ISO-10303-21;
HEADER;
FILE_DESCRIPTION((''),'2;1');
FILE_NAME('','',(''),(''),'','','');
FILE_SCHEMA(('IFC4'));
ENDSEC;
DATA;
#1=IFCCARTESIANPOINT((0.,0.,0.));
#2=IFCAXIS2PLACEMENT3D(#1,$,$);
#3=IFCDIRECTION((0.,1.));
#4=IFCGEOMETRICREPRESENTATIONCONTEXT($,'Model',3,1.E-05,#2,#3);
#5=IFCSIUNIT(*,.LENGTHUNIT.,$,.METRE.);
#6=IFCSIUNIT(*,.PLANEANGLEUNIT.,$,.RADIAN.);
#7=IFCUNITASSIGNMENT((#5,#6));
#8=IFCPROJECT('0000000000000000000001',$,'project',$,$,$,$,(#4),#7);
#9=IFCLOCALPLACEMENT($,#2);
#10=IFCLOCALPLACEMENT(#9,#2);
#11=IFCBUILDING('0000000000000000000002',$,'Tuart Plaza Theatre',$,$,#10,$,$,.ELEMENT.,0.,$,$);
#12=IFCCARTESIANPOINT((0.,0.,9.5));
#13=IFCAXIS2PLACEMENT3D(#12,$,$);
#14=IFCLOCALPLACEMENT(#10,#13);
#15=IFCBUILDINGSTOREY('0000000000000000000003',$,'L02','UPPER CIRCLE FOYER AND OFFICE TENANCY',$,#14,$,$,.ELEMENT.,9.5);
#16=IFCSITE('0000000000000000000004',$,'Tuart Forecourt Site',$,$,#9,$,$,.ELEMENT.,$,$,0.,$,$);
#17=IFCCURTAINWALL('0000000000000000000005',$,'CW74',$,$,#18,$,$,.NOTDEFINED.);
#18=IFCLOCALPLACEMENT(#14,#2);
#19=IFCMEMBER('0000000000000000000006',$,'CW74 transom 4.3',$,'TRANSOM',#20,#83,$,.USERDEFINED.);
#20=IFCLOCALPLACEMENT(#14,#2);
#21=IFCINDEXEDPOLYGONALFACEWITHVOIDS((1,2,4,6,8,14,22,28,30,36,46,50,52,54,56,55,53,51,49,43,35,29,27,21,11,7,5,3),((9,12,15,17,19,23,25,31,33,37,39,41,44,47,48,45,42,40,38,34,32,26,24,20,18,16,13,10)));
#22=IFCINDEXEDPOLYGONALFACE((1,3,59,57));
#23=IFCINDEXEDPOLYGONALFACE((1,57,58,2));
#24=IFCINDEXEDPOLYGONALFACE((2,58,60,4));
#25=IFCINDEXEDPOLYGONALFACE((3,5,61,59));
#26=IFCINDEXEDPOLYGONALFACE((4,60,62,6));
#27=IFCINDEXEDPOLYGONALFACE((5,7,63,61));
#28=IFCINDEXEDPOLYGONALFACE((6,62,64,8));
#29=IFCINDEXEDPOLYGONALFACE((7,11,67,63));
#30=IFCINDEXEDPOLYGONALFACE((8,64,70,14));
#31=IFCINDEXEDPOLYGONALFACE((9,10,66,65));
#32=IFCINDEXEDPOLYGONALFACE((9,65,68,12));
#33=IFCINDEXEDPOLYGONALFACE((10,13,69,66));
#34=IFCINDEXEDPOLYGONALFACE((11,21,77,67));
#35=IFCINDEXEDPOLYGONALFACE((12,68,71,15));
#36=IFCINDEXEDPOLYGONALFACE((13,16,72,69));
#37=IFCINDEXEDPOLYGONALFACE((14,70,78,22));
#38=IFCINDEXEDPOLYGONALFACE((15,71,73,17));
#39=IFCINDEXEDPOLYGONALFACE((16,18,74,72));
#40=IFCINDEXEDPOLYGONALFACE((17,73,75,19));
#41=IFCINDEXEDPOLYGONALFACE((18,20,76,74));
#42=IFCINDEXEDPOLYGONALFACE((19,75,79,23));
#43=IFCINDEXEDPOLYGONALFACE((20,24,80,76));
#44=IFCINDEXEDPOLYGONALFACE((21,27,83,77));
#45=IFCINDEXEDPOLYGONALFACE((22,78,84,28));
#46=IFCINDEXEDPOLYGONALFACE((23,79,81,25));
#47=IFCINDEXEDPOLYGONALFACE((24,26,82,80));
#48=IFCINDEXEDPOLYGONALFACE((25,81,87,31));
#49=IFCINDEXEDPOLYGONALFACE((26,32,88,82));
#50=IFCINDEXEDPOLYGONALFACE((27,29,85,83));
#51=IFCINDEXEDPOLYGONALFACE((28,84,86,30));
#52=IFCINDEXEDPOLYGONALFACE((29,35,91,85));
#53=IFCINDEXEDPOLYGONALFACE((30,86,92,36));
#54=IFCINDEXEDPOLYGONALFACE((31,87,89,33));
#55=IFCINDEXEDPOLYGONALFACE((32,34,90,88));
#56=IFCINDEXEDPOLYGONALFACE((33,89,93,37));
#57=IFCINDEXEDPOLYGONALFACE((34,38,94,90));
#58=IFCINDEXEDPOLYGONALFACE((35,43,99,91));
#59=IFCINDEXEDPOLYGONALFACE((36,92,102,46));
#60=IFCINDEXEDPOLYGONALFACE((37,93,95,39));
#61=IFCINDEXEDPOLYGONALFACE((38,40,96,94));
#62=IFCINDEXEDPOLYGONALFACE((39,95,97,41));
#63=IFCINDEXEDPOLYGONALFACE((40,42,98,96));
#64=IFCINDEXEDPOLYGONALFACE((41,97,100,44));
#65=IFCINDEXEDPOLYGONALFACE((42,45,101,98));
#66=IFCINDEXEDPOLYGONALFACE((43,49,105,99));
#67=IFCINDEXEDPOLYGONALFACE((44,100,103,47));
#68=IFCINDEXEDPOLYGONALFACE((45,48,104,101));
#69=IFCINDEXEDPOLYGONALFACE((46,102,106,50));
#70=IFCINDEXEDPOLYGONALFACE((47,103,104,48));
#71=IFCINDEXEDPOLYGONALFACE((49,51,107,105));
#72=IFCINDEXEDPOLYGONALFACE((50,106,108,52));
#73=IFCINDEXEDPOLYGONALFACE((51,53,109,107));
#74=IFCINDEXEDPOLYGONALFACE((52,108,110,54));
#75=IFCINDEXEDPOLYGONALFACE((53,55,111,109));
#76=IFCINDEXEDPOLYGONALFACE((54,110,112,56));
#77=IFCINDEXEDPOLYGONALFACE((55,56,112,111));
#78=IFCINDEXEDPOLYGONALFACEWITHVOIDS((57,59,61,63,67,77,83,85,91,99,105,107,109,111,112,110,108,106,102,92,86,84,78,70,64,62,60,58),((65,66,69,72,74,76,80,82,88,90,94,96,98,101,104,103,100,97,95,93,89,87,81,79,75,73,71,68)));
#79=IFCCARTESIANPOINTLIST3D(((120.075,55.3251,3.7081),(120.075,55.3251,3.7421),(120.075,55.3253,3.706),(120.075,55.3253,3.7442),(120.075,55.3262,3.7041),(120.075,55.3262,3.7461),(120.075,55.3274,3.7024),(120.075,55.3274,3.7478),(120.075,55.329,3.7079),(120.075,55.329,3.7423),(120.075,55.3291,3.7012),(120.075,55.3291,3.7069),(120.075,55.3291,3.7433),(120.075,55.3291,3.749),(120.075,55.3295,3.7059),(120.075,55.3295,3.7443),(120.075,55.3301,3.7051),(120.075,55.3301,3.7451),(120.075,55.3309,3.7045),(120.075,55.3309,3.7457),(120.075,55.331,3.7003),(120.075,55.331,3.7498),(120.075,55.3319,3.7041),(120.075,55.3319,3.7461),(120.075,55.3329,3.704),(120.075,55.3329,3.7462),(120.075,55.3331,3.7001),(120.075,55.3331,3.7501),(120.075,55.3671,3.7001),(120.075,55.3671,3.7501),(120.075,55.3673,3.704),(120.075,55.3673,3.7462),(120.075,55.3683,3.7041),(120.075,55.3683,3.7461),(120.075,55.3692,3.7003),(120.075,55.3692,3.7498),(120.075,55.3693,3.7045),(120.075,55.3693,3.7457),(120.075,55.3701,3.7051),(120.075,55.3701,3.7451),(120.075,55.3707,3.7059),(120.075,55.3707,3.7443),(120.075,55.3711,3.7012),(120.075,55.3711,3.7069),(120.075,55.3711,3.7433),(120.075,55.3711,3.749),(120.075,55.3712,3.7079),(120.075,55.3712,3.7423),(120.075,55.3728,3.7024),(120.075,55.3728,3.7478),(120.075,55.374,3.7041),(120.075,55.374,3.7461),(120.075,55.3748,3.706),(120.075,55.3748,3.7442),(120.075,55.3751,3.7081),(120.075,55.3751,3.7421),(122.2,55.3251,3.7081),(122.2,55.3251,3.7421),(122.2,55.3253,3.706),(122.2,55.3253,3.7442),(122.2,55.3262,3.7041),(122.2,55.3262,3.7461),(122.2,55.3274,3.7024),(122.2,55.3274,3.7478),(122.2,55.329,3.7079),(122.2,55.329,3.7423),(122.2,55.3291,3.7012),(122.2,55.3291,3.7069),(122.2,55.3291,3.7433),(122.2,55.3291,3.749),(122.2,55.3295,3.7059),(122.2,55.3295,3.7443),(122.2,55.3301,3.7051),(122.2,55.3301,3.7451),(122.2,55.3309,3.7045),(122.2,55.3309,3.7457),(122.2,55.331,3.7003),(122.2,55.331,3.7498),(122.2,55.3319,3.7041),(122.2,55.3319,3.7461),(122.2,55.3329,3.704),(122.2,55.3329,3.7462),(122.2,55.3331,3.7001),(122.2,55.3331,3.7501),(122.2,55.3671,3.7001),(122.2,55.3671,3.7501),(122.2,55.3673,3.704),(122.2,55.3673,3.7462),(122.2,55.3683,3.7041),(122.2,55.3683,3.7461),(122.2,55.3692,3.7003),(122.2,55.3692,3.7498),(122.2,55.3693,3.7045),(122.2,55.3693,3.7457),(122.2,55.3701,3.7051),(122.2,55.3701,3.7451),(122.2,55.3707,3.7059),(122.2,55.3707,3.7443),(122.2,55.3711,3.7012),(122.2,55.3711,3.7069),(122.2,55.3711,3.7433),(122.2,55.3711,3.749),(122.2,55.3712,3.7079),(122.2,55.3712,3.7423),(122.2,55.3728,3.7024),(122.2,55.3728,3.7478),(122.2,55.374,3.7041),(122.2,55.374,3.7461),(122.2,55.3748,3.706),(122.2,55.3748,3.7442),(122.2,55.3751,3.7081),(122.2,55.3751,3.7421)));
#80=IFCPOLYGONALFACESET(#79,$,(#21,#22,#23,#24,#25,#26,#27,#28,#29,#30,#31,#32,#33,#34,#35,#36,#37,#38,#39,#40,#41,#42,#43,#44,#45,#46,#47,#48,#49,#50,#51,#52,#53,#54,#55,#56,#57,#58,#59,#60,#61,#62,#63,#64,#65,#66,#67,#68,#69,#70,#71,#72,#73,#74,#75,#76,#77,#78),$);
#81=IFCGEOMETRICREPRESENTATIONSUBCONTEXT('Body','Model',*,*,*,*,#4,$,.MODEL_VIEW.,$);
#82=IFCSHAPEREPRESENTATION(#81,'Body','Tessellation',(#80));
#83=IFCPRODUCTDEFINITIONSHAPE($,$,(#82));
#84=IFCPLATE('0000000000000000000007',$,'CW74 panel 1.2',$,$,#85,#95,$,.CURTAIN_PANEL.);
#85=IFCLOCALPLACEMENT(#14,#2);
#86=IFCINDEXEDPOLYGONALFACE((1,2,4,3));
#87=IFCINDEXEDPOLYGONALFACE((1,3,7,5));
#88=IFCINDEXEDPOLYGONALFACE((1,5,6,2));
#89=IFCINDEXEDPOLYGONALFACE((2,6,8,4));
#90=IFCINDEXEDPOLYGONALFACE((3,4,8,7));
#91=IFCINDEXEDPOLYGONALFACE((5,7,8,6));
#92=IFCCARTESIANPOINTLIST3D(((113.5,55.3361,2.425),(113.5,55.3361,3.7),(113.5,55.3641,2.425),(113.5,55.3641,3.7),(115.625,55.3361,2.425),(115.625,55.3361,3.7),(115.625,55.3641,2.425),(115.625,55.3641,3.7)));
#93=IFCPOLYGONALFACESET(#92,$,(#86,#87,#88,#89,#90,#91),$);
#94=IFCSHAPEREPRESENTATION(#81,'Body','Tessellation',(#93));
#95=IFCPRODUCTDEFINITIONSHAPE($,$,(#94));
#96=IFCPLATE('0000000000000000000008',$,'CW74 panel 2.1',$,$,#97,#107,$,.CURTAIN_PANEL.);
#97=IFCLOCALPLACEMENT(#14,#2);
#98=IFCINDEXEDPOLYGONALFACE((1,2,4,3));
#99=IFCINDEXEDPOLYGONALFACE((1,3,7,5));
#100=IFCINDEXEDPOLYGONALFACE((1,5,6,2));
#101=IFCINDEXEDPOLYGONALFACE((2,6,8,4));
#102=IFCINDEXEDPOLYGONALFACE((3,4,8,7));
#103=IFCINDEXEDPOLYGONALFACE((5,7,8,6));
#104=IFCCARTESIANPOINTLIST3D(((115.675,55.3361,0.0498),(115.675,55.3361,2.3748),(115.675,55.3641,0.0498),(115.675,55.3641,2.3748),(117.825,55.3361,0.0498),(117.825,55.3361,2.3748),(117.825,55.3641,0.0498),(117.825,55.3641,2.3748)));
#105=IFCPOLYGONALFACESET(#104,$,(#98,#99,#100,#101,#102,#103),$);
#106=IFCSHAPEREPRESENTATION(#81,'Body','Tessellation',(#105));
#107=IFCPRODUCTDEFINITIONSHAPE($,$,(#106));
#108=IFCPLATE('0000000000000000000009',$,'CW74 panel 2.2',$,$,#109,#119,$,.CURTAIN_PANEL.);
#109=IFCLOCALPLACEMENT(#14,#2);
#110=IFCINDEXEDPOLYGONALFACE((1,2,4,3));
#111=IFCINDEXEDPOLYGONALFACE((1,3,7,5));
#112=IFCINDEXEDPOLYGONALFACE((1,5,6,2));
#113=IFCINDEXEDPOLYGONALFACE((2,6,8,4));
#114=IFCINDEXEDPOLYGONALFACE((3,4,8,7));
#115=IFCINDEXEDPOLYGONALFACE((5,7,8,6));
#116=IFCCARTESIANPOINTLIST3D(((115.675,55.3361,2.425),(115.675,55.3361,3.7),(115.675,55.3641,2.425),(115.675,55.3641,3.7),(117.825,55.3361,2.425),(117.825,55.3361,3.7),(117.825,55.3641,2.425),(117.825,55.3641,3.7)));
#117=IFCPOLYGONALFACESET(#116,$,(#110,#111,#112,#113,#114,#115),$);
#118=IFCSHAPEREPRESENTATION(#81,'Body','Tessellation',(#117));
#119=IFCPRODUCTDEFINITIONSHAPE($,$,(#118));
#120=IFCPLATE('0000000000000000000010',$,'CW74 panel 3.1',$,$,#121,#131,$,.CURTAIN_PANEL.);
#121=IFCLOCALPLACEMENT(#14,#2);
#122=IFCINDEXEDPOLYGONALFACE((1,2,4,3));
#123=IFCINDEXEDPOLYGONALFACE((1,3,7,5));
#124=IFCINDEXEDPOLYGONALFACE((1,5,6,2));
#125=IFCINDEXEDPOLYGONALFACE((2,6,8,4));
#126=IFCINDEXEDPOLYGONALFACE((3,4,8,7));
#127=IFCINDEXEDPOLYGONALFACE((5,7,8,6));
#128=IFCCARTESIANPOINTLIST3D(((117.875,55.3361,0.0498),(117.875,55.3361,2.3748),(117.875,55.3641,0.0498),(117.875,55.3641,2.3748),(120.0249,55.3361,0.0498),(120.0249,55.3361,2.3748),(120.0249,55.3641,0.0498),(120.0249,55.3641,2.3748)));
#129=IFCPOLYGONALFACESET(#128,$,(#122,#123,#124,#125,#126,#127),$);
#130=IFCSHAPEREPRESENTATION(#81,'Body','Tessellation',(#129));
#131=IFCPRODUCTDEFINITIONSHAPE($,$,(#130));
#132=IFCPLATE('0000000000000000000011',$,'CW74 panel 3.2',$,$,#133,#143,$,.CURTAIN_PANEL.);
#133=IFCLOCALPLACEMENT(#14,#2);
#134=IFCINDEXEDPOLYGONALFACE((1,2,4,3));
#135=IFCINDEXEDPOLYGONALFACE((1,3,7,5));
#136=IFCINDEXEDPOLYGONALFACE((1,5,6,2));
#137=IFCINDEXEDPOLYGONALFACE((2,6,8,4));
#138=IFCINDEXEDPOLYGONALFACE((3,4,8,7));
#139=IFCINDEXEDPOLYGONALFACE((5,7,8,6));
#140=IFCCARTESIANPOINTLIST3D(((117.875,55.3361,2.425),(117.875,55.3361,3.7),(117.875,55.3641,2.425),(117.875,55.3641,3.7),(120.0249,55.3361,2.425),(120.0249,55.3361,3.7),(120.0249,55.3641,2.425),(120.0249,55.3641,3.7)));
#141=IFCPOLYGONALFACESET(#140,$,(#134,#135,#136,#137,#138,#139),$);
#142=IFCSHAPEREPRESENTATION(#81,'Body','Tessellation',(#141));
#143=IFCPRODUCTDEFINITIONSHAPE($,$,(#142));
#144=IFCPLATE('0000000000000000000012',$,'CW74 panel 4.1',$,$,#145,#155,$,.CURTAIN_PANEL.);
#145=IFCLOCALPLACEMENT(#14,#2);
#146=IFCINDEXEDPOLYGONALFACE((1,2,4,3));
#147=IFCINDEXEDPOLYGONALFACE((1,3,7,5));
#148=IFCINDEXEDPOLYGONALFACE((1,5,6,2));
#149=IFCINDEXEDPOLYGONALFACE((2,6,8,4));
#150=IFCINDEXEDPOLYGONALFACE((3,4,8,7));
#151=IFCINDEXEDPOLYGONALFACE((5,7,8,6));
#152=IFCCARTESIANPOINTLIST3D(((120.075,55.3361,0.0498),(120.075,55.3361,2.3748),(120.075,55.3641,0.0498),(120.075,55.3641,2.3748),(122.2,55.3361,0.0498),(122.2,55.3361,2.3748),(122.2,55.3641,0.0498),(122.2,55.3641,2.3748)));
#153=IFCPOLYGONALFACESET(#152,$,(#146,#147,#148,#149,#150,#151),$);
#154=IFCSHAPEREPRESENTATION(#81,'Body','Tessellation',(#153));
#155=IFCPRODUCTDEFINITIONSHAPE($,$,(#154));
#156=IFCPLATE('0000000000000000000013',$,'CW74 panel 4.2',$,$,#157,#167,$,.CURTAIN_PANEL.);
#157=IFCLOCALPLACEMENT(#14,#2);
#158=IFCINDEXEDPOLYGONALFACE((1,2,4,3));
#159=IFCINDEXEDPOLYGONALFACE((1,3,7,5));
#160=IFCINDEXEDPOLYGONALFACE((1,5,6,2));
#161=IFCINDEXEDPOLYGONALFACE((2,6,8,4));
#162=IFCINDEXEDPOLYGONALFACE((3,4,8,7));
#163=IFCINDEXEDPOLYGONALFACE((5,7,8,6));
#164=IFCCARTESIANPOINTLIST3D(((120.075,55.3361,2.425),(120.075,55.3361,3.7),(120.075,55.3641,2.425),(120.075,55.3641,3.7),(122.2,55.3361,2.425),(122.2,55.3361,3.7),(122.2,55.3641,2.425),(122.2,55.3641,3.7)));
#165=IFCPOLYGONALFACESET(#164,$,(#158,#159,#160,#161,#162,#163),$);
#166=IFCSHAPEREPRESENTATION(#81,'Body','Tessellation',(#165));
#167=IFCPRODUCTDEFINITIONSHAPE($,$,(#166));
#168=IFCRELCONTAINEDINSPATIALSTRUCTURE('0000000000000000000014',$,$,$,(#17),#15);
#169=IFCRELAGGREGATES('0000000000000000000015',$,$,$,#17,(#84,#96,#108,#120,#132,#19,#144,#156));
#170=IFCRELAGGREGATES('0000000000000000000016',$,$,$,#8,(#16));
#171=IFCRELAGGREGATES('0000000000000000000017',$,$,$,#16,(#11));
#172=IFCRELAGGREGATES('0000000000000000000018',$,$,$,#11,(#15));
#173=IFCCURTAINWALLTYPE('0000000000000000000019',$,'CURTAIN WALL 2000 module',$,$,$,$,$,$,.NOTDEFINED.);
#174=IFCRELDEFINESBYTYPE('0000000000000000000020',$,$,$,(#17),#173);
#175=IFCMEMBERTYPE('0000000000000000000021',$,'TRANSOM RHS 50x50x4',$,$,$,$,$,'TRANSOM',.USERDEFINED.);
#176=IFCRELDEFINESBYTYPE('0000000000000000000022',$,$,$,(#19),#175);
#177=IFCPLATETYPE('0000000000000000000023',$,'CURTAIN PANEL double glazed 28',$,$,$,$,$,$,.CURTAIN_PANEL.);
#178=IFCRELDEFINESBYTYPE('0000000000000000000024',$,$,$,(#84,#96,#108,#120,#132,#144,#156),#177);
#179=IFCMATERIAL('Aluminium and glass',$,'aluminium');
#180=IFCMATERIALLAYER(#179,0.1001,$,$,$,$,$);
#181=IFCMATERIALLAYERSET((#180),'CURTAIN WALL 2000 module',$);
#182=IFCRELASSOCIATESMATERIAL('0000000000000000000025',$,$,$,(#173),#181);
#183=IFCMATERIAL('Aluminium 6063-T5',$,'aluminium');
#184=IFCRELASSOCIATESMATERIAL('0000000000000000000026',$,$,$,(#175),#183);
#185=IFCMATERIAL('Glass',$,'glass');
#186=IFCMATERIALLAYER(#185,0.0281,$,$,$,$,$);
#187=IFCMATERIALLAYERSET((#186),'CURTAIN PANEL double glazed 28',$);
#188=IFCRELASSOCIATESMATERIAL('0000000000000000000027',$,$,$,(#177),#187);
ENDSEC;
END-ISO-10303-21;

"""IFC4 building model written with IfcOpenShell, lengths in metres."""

from ifc_helpers import new_model, si_unit, direction, frame, origin, origin_2d, place, context, subcontext, project, spatial, rectangle, hollow_rectangle, extrude, material, layer, layer_set, material_profile, profile_set, type_object, element, aggregate, save


model = new_model("IFC4")

# Units and contexts
model_context = context("Model", 3, precision=1e-05, world=origin(), true_north=direction((0.0, 1.0)))
body_context = subcontext(model_context, "Body", "Model", "MODEL_VIEW")
ifc_project = project(units=[si_unit("LENGTHUNIT", "METRE"), si_unit("PLANEANGLEUNIT", "RADIAN")], contexts=[model_context])

# Site, building, storey
site_placement = place(None, origin())
site = spatial("IfcSite", under=ifc_project, at=site_placement, Name="Tuart Forecourt Site", CompositionType="ELEMENT", RefElevation=0.0)
building_placement = place(site_placement, origin())
building = spatial("IfcBuilding", under=site, at=building_placement, Name="Tuart Plaza Theatre", CompositionType="ELEMENT", ElevationOfRefHeight=0.0)
storey_placement = place(building_placement, frame((0.0, 0.0, 9.5)))
storey = spatial("IfcBuildingStorey", under=building, at=storey_placement, Name="L02", Description="UPPER CIRCLE FOYER AND OFFICE TENANCY", CompositionType="ELEMENT", Elevation=9.5)

# Curtain wall, member, plates
ifc_material_1 = material(Name="Aluminium and glass", Category="aluminium")
ifc_layer_1 = layer(ifc_material_1, 0.1001)
ifc_layer_set_1 = layer_set([ifc_layer_1], Name="CURTAIN WALL 2000 module")
curtain_wall_type = type_object("IfcCurtainWallType", Name="CURTAIN WALL 2000 module", PredefinedType="NOTDEFINED", material=ifc_layer_set_1)
curtain_wall_placement = place(storey_placement, origin())
curtain_wall = element("IfcCurtainWall", 1, at=curtain_wall_placement, inside=storey, type_object=curtain_wall_type, Name="CW74", PredefinedType="NOTDEFINED")
ifc_material_2 = material(Name="Aluminium 6063-T5", Category="aluminium")
ifc_material_profile_1 = material_profile(ifc_material_2, hollow_rectangle(XDim=0.05, YDim=0.05, WallThickness=0.0039, InnerFilletRadius=0.0039, OuterFilletRadius=0.0081, at=origin_2d()), Name="RHS 50x50x4")
ifc_profile_set_1 = profile_set([ifc_material_profile_1], Name="Aluminium 6063-T5")
member_type_1 = type_object("IfcMemberType", Name="TRANSOM RHS 50x50x4", ElementType="TRANSOM", PredefinedType="USERDEFINED", material=ifc_profile_set_1)
member_1_placement = place(storey_placement, frame((120.075, 55.3501, 3.7251), z_axis=(1.0, 0.0, 0.0), x_axis=(0.0, 1.0, 0.0)))
member_1 = element("IfcMember", 2, at=member_1_placement, type_object=member_type_1, Name="CW74 transom 4.3", ObjectType="TRANSOM", PredefinedType="USERDEFINED", context=body_context, shape_type="SweptSolid", body=[
    extrude(hollow_rectangle(XDim=0.05, YDim=0.05, WallThickness=0.0039, InnerFilletRadius=0.0039, OuterFilletRadius=0.0081, at=origin_2d()), origin(), (0.0, 0.0, 1.0), 2.125),
])
ifc_material_3 = material(Name="Glass", Category="glass")
ifc_layer_2 = layer(ifc_material_3, 0.0281)
ifc_layer_set_2 = layer_set([ifc_layer_2], Name="CURTAIN PANEL double glazed 28")
plate_type = type_object("IfcPlateType", Name="CURTAIN PANEL double glazed 28", PredefinedType="CURTAIN_PANEL", material=ifc_layer_set_2)
plate_1_placement = place(storey_placement, frame((114.5625, 55.3501, 2.425), z_axis=(0.0, 0.0, 1.0), x_axis=(1.0, 0.0, 0.0)))
plate_1 = element("IfcPlate", 3, at=plate_1_placement, type_object=plate_type, Name="CW74 panel 1.2", PredefinedType="CURTAIN_PANEL", context=body_context, shape_type="SweptSolid", body=[
    extrude(rectangle(XDim=2.125, YDim=0.0281, at=origin_2d()), origin(), (0.0, 0.0, 1.0), 1.2749),
])
plate_2_placement = place(storey_placement, frame((116.75, 55.3501, 0.0498), z_axis=(0.0, 0.0, 1.0), x_axis=(1.0, 0.0, 0.0)))
plate_2 = element("IfcPlate", 4, at=plate_2_placement, type_object=plate_type, Name="CW74 panel 2.1", PredefinedType="CURTAIN_PANEL", context=body_context, shape_type="SweptSolid", body=[
    extrude(rectangle(XDim=2.1499, YDim=0.0281, at=origin_2d()), origin(), (0.0, 0.0, 1.0), 2.325),
])
plate_3_placement = place(storey_placement, frame((116.75, 55.3501, 2.425), z_axis=(0.0, 0.0, 1.0), x_axis=(1.0, 0.0, 0.0)))
plate_3 = element("IfcPlate", 5, at=plate_3_placement, type_object=plate_type, Name="CW74 panel 2.2", PredefinedType="CURTAIN_PANEL", context=body_context, shape_type="SweptSolid", body=[
    extrude(rectangle(XDim=2.1499, YDim=0.0281, at=origin_2d()), origin(), (0.0, 0.0, 1.0), 1.2749),
])
plate_4_placement = place(storey_placement, frame((118.95, 55.3501, 0.0498), z_axis=(0.0, 0.0, 1.0), x_axis=(1.0, 0.0, 0.0)))
plate_4 = element("IfcPlate", 6, at=plate_4_placement, type_object=plate_type, Name="CW74 panel 3.1", PredefinedType="CURTAIN_PANEL", context=body_context, shape_type="SweptSolid", body=[
    extrude(rectangle(XDim=2.1499, YDim=0.0281, at=origin_2d()), origin(), (0.0, 0.0, 1.0), 2.325),
])
plate_5_placement = place(storey_placement, frame((118.95, 55.3501, 2.425), z_axis=(0.0, 0.0, 1.0), x_axis=(1.0, 0.0, 0.0)))
plate_5 = element("IfcPlate", 7, at=plate_5_placement, type_object=plate_type, Name="CW74 panel 3.2", PredefinedType="CURTAIN_PANEL", context=body_context, shape_type="SweptSolid", body=[
    extrude(rectangle(XDim=2.1499, YDim=0.0281, at=origin_2d()), origin(), (0.0, 0.0, 1.0), 1.2749),
])
plate_6_placement = place(storey_placement, frame((121.1375, 55.3501, 0.0498), z_axis=(0.0, 0.0, 1.0), x_axis=(1.0, 0.0, 0.0)))
plate_6 = element("IfcPlate", 8, at=plate_6_placement, type_object=plate_type, Name="CW74 panel 4.1", PredefinedType="CURTAIN_PANEL", context=body_context, shape_type="SweptSolid", body=[
    extrude(rectangle(XDim=2.125, YDim=0.0281, at=origin_2d()), origin(), (0.0, 0.0, 1.0), 2.325),
])
plate_7_placement = place(storey_placement, frame((121.1375, 55.3501, 2.425), z_axis=(0.0, 0.0, 1.0), x_axis=(1.0, 0.0, 0.0)))
plate_7 = element("IfcPlate", 9, at=plate_7_placement, type_object=plate_type, Name="CW74 panel 4.2", PredefinedType="CURTAIN_PANEL", context=body_context, shape_type="SweptSolid", body=[
    extrude(rectangle(XDim=2.125, YDim=0.0281, at=origin_2d()), origin(), (0.0, 0.0, 1.0), 1.2749),
])
aggregate(curtain_wall, [plate_1, plate_2, plate_3, plate_4, plate_5, member_1, plate_6, plate_7])

save(model, "model.ifc")
